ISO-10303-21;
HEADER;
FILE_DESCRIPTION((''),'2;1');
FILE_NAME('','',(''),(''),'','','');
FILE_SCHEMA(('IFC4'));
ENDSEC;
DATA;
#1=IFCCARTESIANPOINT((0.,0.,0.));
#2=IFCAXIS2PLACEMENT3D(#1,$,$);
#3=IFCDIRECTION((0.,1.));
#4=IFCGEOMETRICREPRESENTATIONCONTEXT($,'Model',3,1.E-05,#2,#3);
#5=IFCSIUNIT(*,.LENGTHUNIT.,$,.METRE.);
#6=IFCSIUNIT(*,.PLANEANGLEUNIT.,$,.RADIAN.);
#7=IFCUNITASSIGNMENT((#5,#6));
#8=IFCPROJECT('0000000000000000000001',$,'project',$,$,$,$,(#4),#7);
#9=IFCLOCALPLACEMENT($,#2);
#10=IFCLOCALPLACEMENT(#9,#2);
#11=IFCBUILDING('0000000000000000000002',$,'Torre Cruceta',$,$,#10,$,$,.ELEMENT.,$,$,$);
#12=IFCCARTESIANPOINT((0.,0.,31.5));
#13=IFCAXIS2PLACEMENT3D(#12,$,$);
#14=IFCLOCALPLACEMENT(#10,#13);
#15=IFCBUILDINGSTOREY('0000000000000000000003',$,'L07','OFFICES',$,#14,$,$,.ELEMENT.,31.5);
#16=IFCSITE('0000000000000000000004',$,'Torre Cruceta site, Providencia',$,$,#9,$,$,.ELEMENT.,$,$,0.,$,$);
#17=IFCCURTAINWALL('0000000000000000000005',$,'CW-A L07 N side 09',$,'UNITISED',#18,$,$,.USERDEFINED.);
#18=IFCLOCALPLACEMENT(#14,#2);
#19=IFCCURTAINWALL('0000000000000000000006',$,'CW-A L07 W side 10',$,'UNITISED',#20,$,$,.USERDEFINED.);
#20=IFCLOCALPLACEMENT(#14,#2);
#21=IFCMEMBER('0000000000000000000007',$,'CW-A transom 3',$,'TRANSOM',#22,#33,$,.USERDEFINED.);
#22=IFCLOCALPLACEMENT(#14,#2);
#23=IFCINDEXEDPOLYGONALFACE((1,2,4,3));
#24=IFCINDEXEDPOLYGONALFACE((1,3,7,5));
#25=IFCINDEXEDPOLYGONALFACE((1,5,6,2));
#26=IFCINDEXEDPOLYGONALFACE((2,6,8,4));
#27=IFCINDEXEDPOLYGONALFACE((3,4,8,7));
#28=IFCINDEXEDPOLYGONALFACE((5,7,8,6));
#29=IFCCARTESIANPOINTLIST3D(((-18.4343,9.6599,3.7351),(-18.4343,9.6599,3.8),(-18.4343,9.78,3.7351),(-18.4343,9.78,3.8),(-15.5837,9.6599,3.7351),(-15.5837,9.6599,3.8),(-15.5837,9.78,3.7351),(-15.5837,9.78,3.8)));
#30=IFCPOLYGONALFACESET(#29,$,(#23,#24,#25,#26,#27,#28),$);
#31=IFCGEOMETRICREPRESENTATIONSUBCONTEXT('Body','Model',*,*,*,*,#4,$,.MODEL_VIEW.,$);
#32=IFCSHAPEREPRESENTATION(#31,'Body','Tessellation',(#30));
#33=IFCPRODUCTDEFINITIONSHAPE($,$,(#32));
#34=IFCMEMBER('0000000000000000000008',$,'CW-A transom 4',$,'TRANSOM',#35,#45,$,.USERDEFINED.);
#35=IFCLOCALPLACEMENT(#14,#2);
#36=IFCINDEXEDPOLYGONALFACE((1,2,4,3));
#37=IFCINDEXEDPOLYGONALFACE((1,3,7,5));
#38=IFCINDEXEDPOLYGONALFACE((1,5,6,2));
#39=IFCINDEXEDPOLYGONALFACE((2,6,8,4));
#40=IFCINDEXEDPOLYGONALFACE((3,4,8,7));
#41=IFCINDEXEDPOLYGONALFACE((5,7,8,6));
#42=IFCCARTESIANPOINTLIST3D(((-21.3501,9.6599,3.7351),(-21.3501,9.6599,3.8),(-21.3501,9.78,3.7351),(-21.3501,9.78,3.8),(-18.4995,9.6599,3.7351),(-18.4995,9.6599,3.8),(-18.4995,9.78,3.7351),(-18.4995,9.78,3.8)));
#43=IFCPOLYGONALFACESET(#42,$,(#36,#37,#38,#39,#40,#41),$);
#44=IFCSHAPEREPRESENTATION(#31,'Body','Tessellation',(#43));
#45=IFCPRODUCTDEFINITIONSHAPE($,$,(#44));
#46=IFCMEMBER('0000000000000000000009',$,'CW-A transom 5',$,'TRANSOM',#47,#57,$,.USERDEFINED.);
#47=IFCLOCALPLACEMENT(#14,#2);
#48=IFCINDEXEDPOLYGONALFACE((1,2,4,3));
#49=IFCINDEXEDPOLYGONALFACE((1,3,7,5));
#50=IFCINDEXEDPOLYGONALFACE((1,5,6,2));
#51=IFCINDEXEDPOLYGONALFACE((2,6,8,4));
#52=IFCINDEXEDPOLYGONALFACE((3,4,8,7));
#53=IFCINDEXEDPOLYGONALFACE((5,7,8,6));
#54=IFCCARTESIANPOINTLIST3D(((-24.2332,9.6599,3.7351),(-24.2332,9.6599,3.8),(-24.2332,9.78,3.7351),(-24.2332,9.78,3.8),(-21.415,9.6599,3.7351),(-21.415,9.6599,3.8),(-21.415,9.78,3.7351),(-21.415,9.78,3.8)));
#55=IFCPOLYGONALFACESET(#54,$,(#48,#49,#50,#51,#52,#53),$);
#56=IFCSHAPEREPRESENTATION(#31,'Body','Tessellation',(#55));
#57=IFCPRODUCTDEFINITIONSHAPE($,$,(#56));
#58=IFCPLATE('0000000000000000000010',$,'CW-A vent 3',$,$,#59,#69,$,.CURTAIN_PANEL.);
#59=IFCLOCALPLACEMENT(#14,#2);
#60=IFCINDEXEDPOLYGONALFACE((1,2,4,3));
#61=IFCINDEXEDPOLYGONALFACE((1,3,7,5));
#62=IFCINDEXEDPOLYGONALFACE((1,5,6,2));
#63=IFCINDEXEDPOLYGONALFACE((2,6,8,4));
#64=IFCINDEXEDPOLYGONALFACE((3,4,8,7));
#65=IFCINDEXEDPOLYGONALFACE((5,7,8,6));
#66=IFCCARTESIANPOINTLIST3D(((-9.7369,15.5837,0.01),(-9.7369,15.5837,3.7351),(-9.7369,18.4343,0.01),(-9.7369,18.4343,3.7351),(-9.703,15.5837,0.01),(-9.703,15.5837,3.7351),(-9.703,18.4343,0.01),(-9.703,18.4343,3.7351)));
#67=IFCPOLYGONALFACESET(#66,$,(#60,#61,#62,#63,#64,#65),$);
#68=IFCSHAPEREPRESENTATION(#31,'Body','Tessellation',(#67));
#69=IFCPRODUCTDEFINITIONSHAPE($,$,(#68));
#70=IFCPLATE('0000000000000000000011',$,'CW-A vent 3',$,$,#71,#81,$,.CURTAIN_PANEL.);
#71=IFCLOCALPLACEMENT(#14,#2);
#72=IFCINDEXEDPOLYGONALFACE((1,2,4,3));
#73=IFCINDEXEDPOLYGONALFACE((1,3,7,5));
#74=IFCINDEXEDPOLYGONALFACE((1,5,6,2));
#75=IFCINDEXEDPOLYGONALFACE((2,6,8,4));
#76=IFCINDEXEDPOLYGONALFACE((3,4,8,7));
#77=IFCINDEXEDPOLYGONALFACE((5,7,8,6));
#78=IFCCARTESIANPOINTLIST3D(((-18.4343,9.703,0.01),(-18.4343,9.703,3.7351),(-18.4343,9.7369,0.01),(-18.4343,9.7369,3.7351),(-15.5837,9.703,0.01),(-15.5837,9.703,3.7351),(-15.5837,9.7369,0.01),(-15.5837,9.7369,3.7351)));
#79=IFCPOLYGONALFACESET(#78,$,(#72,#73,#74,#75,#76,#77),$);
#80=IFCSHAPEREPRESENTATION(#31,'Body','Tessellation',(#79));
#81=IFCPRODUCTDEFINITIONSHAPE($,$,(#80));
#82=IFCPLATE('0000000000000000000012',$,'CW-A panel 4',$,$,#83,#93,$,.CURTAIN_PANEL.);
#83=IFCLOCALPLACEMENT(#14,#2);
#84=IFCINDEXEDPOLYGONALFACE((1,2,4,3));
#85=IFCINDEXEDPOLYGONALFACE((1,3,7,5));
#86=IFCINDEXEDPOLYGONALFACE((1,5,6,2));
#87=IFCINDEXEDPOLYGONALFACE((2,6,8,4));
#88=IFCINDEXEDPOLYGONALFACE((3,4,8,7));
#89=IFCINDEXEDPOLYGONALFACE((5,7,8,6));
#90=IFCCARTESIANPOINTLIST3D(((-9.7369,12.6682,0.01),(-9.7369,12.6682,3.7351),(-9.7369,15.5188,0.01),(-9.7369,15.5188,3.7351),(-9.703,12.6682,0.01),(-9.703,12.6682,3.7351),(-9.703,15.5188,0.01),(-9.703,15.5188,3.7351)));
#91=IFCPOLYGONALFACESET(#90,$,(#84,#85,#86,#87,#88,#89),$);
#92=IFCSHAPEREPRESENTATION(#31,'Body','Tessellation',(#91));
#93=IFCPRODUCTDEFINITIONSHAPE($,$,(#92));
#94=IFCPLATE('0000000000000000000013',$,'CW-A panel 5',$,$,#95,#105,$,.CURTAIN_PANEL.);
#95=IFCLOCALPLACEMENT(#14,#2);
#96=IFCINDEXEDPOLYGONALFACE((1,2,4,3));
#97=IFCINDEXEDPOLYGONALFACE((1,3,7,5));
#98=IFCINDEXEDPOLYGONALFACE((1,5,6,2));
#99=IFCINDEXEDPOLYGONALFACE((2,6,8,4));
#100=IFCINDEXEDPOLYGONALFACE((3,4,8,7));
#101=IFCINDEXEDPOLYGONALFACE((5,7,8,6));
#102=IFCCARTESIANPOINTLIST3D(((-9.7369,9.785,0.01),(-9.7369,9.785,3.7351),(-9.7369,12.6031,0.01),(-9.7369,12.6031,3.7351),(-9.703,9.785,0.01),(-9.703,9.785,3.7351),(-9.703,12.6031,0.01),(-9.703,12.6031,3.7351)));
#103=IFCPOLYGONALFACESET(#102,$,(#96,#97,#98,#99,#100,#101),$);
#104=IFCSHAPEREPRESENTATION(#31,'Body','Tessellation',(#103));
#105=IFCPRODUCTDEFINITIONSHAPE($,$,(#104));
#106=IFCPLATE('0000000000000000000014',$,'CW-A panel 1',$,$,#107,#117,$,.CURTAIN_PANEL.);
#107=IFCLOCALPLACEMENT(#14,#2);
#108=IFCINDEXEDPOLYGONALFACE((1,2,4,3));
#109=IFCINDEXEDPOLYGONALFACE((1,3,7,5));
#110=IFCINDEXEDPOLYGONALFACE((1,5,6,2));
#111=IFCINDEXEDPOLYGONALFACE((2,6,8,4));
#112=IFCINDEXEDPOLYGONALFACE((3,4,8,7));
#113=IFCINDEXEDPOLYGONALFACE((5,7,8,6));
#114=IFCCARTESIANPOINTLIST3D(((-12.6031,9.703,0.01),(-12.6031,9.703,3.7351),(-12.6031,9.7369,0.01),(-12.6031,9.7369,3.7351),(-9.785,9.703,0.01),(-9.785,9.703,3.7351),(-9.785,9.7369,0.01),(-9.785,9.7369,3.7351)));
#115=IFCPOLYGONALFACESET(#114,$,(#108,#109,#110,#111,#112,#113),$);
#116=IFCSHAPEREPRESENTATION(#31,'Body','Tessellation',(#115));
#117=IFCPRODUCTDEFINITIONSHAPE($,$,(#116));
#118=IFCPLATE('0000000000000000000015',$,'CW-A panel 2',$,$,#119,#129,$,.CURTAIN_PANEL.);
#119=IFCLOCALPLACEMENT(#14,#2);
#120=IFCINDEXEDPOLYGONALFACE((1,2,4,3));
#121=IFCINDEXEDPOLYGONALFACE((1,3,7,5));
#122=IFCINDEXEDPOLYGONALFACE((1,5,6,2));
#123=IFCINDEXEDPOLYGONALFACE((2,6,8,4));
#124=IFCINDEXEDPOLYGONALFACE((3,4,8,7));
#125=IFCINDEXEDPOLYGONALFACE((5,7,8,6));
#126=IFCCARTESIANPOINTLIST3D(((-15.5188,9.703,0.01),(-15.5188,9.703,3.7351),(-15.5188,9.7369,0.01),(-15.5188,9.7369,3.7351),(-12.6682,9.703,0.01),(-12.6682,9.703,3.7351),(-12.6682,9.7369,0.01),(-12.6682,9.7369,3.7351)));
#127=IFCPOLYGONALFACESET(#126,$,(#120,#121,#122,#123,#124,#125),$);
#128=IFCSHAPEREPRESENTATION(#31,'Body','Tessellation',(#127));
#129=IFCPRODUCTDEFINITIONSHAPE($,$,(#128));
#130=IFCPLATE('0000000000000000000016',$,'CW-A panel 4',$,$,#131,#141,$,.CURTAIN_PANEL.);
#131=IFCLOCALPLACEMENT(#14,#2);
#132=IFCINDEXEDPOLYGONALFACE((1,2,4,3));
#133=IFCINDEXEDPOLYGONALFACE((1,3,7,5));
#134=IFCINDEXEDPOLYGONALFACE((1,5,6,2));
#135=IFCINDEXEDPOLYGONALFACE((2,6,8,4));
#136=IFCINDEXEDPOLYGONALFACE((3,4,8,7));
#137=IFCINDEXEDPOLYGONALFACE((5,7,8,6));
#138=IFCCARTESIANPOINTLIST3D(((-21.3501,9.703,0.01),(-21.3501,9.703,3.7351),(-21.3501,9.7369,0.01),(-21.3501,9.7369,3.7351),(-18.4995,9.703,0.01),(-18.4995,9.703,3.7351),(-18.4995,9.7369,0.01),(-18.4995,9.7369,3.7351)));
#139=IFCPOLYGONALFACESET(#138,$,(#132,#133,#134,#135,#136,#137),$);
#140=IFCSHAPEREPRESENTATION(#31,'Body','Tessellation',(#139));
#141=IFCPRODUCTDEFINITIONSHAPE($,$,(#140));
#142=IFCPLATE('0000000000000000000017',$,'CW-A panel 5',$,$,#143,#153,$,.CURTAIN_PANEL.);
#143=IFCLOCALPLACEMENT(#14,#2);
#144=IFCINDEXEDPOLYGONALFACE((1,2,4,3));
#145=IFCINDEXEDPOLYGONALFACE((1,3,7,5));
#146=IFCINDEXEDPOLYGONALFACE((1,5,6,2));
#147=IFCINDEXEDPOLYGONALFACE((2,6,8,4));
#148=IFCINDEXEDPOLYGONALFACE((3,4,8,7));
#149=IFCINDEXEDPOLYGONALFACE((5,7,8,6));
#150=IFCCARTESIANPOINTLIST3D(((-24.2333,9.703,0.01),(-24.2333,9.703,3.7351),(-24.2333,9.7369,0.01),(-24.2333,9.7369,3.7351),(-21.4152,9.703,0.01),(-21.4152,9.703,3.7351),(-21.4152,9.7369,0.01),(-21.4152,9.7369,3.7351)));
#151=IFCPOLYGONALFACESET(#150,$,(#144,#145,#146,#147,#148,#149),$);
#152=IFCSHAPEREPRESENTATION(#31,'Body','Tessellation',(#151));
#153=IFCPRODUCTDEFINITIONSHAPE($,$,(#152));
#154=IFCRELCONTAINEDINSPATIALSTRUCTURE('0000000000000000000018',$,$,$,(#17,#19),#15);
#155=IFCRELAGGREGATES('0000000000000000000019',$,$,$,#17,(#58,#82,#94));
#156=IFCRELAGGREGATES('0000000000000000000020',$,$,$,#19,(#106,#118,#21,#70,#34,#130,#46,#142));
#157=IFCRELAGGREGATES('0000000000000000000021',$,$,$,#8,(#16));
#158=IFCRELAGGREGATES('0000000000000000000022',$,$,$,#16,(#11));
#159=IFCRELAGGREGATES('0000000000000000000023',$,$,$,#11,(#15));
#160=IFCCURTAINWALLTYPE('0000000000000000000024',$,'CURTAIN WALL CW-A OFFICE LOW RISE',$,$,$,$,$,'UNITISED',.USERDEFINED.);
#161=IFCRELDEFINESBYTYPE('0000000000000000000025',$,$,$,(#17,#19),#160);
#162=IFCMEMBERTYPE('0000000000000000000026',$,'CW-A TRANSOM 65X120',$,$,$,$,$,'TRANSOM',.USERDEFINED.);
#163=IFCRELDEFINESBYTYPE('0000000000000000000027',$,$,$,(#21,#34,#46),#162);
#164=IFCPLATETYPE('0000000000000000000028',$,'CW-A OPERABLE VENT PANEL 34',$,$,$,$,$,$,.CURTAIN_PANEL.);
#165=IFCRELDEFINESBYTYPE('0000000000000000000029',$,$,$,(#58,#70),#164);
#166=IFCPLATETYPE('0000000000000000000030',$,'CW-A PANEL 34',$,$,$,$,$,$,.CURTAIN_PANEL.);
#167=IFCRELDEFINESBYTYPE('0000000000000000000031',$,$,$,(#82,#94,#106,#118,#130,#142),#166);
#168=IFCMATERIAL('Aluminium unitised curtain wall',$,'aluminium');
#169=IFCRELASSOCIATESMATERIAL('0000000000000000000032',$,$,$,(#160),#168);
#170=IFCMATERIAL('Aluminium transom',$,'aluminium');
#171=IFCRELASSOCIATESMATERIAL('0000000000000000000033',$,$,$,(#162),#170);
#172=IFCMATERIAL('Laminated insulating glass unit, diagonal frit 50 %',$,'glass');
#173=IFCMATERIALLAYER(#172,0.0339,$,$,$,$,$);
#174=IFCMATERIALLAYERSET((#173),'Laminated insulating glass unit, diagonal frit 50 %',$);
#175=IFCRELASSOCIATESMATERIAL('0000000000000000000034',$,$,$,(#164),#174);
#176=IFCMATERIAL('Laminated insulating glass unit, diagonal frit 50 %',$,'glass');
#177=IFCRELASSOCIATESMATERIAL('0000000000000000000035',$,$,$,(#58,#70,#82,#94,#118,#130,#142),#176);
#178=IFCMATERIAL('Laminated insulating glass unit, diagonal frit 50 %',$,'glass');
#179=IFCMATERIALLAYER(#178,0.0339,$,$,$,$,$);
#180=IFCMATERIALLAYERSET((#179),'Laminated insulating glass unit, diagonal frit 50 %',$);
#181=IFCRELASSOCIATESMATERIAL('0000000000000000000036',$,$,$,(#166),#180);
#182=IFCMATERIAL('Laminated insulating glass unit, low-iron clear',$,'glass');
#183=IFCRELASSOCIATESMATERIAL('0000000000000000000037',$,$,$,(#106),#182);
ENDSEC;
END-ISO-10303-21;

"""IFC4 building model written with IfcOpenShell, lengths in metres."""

from ifc_helpers import new_model, si_unit, direction, frame, origin, origin_2d, place, context, subcontext, project, spatial, rectangle, extrude, material, layer, layer_set, material_profile, profile_set, type_object, element, aggregate, save


model = new_model("IFC4")

# Units and contexts
model_context = context("Model", 3, precision=1e-05, world=origin(), true_north=direction((0.0, 1.0)))
body_context = subcontext(model_context, "Body", "Model", "MODEL_VIEW")
ifc_project = project(units=[si_unit("LENGTHUNIT", "METRE"), si_unit("PLANEANGLEUNIT", "RADIAN")], contexts=[model_context])

# Site, building, storey
site_placement = place(None, origin())
site = spatial("IfcSite", under=ifc_project, at=site_placement, Name="Torre Cruceta site, Providencia", CompositionType="ELEMENT", RefElevation=0.0)
building_placement = place(site_placement, origin())
building = spatial("IfcBuilding", under=site, at=building_placement, Name="Torre Cruceta", CompositionType="ELEMENT")
storey_placement = place(building_placement, frame((0.0, 0.0, 31.5)))
storey = spatial("IfcBuildingStorey", under=building, at=storey_placement, Name="L07", Description="OFFICES", CompositionType="ELEMENT", Elevation=31.5)

# Curtain walls
ifc_material_1 = material(Name="Aluminium unitised curtain wall", Category="aluminium")
curtain_wall_type = type_object("IfcCurtainWallType", Name="CURTAIN WALL CW-A OFFICE LOW RISE", ElementType="UNITISED", PredefinedType="USERDEFINED", material=ifc_material_1)
curtain_wall_1_placement = place(storey_placement, origin())
curtain_wall_1 = element("IfcCurtainWall", 1, at=curtain_wall_1_placement, inside=storey, type_object=curtain_wall_type, Name="CW-A L07 N side 09", ObjectType="UNITISED", PredefinedType="USERDEFINED")
curtain_wall_2_placement = place(storey_placement, origin())
curtain_wall_2 = element("IfcCurtainWall", 2, at=curtain_wall_2_placement, inside=storey, type_object=curtain_wall_type, Name="CW-A L07 W side 10", ObjectType="UNITISED", PredefinedType="USERDEFINED")

# Members
ifc_material_2 = material(Name="Aluminium transom", Category="aluminium")
ifc_material_profile_1 = material_profile(ifc_material_2, rectangle(XDim=0.1201, YDim=0.0649, at=origin_2d()), Name="AL 120X65")
ifc_profile_set_1 = profile_set([ifc_material_profile_1], Name="Aluminium transom")
member_type_1 = type_object("IfcMemberType", Name="CW-A TRANSOM 65X120", ElementType="TRANSOM", PredefinedType="USERDEFINED", material=ifc_profile_set_1)
member_1_placement = place(storey_placement, frame((-15.5837, 9.72, 3.7676), z_axis=(-1.0, 0.0, 0.0), x_axis=(0.0, -1.0, 0.0)))
member_1 = element("IfcMember", 3, at=member_1_placement, type_object=member_type_1, Name="CW-A transom 3", ObjectType="TRANSOM", PredefinedType="USERDEFINED", context=body_context, shape_type="SweptSolid", body=[
    extrude(rectangle(XDim=0.1201, YDim=0.0649, at=origin_2d()), origin(), (0.0, 0.0, 1.0), 2.8506),
])
member_2_placement = place(storey_placement, frame((-18.4995, 9.72, 3.7676), z_axis=(-1.0, 0.0, 0.0), x_axis=(0.0, -1.0, 0.0)))
member_2 = element("IfcMember", 4, at=member_2_placement, type_object=member_type_1, Name="CW-A transom 4", ObjectType="TRANSOM", PredefinedType="USERDEFINED", context=body_context, shape_type="SweptSolid", body=[
    extrude(rectangle(XDim=0.1201, YDim=0.0649, at=origin_2d()), origin(), (0.0, 0.0, 1.0), 2.8506),
])
member_3_placement = place(storey_placement, frame((-21.415, 9.72, 3.7676), z_axis=(-1.0, 0.0, 0.0), x_axis=(0.0, -1.0, 0.0)))
member_3 = element("IfcMember", 5, at=member_3_placement, type_object=member_type_1, Name="CW-A transom 5", ObjectType="TRANSOM", PredefinedType="USERDEFINED", context=body_context, shape_type="SweptSolid", body=[
    extrude(rectangle(XDim=0.1201, YDim=0.0649, at=origin_2d()), origin(), (0.0, 0.0, 1.0), 2.8181),
])

# Plates
ifc_material_3 = material(Name="Laminated insulating glass unit, diagonal frit 50 %", Category="glass")
ifc_material_4 = material(Name="Laminated insulating glass unit, diagonal frit 50 %", Category="glass")
ifc_layer_1 = layer(ifc_material_4, 0.0339)
ifc_layer_set_1 = layer_set([ifc_layer_1], Name="Laminated insulating glass unit, diagonal frit 50 %")
plate_type_1 = type_object("IfcPlateType", Name="CW-A OPERABLE VENT PANEL 34", PredefinedType="CURTAIN_PANEL", material=ifc_layer_set_1)
plate_1_placement = place(storey_placement, frame((-9.72, 17.009, 0.01), z_axis=(0.0, 0.0, 1.0), x_axis=(0.0, -1.0, 0.0)))
plate_1 = element("IfcPlate", 6, at=plate_1_placement, type_object=plate_type_1, material=ifc_material_3, Name="CW-A vent 3", PredefinedType="CURTAIN_PANEL", context=body_context, shape_type="SweptSolid", body=[
    extrude(rectangle(XDim=2.8506, YDim=0.0339, at=origin_2d()), origin(), (0.0, 0.0, 1.0), 3.7251),
])
plate_2_placement = place(storey_placement, frame((-17.009, 9.72, 0.01), z_axis=(0.0, 0.0, 1.0), x_axis=(-1.0, 0.0, 0.0)))
plate_2 = element("IfcPlate", 7, at=plate_2_placement, type_object=plate_type_1, material=ifc_material_3, Name="CW-A vent 3", PredefinedType="CURTAIN_PANEL", context=body_context, shape_type="SweptSolid", body=[
    extrude(rectangle(XDim=2.8506, YDim=0.0339, at=origin_2d()), origin(), (0.0, 0.0, 1.0), 3.7251),
])
ifc_material_5 = material(Name="Laminated insulating glass unit, diagonal frit 50 %", Category="glass")
ifc_layer_2 = layer(ifc_material_5, 0.0339)
ifc_layer_set_2 = layer_set([ifc_layer_2], Name="Laminated insulating glass unit, diagonal frit 50 %")
plate_type_2 = type_object("IfcPlateType", Name="CW-A PANEL 34", PredefinedType="CURTAIN_PANEL", material=ifc_layer_set_2)
plate_3_placement = place(storey_placement, frame((-9.72, 14.0935, 0.01), z_axis=(0.0, 0.0, 1.0), x_axis=(0.0, -1.0, 0.0)))
plate_3 = element("IfcPlate", 8, at=plate_3_placement, type_object=plate_type_2, material=ifc_material_3, Name="CW-A panel 4", PredefinedType="CURTAIN_PANEL", context=body_context, shape_type="SweptSolid", body=[
    extrude(rectangle(XDim=2.8506, YDim=0.0339, at=origin_2d()), origin(), (0.0, 0.0, 1.0), 3.7251),
])
plate_4_placement = place(storey_placement, frame((-9.72, 11.1941, 0.01), z_axis=(0.0, 0.0, 1.0), x_axis=(0.0, -1.0, 0.0)))
plate_4 = element("IfcPlate", 9, at=plate_4_placement, type_object=plate_type_2, material=ifc_material_3, Name="CW-A panel 5", PredefinedType="CURTAIN_PANEL", context=body_context, shape_type="SweptSolid", body=[
    extrude(rectangle(XDim=2.8181, YDim=0.0339, at=origin_2d()), origin(), (0.0, 0.0, 1.0), 3.7251),
])
aggregate(curtain_wall_1, [plate_1, plate_3, plate_4])
ifc_material_6 = material(Name="Laminated insulating glass unit, low-iron clear", Category="glass")
plate_5_placement = place(storey_placement, frame((-11.1941, 9.72, 0.01), z_axis=(0.0, 0.0, 1.0), x_axis=(-1.0, 0.0, 0.0)))
plate_5 = element("IfcPlate", 10, at=plate_5_placement, type_object=plate_type_2, material=ifc_material_6, Name="CW-A panel 1", PredefinedType="CURTAIN_PANEL", context=body_context, shape_type="SweptSolid", body=[
    extrude(rectangle(XDim=2.8181, YDim=0.0339, at=origin_2d()), origin(), (0.0, 0.0, 1.0), 3.7251),
])
plate_6_placement = place(storey_placement, frame((-14.0935, 9.72, 0.01), z_axis=(0.0, 0.0, 1.0), x_axis=(-1.0, 0.0, 0.0)))
plate_6 = element("IfcPlate", 11, at=plate_6_placement, type_object=plate_type_2, material=ifc_material_3, Name="CW-A panel 2", PredefinedType="CURTAIN_PANEL", context=body_context, shape_type="SweptSolid", body=[
    extrude(rectangle(XDim=2.8506, YDim=0.0339, at=origin_2d()), origin(), (0.0, 0.0, 1.0), 3.7251),
])
plate_7_placement = place(storey_placement, frame((-19.9248, 9.72, 0.01), z_axis=(0.0, 0.0, 1.0), x_axis=(-1.0, 0.0, 0.0)))
plate_7 = element("IfcPlate", 12, at=plate_7_placement, type_object=plate_type_2, material=ifc_material_3, Name="CW-A panel 4", PredefinedType="CURTAIN_PANEL", context=body_context, shape_type="SweptSolid", body=[
    extrude(rectangle(XDim=2.8506, YDim=0.0339, at=origin_2d()), origin(), (0.0, 0.0, 1.0), 3.7251),
])
plate_8_placement = place(storey_placement, frame((-22.8242, 9.72, 0.01), z_axis=(0.0, 0.0, 1.0), x_axis=(-1.0, 0.0, 0.0)))
plate_8 = element("IfcPlate", 13, at=plate_8_placement, type_object=plate_type_2, material=ifc_material_3, Name="CW-A panel 5", PredefinedType="CURTAIN_PANEL", context=body_context, shape_type="SweptSolid", body=[
    extrude(rectangle(XDim=2.8181, YDim=0.0339, at=origin_2d()), origin(), (0.0, 0.0, 1.0), 3.7251),
])
aggregate(curtain_wall_2, [plate_5, plate_6, member_1, plate_2, member_2, plate_7, member_3, plate_8])

save(model, "model.ifc")
